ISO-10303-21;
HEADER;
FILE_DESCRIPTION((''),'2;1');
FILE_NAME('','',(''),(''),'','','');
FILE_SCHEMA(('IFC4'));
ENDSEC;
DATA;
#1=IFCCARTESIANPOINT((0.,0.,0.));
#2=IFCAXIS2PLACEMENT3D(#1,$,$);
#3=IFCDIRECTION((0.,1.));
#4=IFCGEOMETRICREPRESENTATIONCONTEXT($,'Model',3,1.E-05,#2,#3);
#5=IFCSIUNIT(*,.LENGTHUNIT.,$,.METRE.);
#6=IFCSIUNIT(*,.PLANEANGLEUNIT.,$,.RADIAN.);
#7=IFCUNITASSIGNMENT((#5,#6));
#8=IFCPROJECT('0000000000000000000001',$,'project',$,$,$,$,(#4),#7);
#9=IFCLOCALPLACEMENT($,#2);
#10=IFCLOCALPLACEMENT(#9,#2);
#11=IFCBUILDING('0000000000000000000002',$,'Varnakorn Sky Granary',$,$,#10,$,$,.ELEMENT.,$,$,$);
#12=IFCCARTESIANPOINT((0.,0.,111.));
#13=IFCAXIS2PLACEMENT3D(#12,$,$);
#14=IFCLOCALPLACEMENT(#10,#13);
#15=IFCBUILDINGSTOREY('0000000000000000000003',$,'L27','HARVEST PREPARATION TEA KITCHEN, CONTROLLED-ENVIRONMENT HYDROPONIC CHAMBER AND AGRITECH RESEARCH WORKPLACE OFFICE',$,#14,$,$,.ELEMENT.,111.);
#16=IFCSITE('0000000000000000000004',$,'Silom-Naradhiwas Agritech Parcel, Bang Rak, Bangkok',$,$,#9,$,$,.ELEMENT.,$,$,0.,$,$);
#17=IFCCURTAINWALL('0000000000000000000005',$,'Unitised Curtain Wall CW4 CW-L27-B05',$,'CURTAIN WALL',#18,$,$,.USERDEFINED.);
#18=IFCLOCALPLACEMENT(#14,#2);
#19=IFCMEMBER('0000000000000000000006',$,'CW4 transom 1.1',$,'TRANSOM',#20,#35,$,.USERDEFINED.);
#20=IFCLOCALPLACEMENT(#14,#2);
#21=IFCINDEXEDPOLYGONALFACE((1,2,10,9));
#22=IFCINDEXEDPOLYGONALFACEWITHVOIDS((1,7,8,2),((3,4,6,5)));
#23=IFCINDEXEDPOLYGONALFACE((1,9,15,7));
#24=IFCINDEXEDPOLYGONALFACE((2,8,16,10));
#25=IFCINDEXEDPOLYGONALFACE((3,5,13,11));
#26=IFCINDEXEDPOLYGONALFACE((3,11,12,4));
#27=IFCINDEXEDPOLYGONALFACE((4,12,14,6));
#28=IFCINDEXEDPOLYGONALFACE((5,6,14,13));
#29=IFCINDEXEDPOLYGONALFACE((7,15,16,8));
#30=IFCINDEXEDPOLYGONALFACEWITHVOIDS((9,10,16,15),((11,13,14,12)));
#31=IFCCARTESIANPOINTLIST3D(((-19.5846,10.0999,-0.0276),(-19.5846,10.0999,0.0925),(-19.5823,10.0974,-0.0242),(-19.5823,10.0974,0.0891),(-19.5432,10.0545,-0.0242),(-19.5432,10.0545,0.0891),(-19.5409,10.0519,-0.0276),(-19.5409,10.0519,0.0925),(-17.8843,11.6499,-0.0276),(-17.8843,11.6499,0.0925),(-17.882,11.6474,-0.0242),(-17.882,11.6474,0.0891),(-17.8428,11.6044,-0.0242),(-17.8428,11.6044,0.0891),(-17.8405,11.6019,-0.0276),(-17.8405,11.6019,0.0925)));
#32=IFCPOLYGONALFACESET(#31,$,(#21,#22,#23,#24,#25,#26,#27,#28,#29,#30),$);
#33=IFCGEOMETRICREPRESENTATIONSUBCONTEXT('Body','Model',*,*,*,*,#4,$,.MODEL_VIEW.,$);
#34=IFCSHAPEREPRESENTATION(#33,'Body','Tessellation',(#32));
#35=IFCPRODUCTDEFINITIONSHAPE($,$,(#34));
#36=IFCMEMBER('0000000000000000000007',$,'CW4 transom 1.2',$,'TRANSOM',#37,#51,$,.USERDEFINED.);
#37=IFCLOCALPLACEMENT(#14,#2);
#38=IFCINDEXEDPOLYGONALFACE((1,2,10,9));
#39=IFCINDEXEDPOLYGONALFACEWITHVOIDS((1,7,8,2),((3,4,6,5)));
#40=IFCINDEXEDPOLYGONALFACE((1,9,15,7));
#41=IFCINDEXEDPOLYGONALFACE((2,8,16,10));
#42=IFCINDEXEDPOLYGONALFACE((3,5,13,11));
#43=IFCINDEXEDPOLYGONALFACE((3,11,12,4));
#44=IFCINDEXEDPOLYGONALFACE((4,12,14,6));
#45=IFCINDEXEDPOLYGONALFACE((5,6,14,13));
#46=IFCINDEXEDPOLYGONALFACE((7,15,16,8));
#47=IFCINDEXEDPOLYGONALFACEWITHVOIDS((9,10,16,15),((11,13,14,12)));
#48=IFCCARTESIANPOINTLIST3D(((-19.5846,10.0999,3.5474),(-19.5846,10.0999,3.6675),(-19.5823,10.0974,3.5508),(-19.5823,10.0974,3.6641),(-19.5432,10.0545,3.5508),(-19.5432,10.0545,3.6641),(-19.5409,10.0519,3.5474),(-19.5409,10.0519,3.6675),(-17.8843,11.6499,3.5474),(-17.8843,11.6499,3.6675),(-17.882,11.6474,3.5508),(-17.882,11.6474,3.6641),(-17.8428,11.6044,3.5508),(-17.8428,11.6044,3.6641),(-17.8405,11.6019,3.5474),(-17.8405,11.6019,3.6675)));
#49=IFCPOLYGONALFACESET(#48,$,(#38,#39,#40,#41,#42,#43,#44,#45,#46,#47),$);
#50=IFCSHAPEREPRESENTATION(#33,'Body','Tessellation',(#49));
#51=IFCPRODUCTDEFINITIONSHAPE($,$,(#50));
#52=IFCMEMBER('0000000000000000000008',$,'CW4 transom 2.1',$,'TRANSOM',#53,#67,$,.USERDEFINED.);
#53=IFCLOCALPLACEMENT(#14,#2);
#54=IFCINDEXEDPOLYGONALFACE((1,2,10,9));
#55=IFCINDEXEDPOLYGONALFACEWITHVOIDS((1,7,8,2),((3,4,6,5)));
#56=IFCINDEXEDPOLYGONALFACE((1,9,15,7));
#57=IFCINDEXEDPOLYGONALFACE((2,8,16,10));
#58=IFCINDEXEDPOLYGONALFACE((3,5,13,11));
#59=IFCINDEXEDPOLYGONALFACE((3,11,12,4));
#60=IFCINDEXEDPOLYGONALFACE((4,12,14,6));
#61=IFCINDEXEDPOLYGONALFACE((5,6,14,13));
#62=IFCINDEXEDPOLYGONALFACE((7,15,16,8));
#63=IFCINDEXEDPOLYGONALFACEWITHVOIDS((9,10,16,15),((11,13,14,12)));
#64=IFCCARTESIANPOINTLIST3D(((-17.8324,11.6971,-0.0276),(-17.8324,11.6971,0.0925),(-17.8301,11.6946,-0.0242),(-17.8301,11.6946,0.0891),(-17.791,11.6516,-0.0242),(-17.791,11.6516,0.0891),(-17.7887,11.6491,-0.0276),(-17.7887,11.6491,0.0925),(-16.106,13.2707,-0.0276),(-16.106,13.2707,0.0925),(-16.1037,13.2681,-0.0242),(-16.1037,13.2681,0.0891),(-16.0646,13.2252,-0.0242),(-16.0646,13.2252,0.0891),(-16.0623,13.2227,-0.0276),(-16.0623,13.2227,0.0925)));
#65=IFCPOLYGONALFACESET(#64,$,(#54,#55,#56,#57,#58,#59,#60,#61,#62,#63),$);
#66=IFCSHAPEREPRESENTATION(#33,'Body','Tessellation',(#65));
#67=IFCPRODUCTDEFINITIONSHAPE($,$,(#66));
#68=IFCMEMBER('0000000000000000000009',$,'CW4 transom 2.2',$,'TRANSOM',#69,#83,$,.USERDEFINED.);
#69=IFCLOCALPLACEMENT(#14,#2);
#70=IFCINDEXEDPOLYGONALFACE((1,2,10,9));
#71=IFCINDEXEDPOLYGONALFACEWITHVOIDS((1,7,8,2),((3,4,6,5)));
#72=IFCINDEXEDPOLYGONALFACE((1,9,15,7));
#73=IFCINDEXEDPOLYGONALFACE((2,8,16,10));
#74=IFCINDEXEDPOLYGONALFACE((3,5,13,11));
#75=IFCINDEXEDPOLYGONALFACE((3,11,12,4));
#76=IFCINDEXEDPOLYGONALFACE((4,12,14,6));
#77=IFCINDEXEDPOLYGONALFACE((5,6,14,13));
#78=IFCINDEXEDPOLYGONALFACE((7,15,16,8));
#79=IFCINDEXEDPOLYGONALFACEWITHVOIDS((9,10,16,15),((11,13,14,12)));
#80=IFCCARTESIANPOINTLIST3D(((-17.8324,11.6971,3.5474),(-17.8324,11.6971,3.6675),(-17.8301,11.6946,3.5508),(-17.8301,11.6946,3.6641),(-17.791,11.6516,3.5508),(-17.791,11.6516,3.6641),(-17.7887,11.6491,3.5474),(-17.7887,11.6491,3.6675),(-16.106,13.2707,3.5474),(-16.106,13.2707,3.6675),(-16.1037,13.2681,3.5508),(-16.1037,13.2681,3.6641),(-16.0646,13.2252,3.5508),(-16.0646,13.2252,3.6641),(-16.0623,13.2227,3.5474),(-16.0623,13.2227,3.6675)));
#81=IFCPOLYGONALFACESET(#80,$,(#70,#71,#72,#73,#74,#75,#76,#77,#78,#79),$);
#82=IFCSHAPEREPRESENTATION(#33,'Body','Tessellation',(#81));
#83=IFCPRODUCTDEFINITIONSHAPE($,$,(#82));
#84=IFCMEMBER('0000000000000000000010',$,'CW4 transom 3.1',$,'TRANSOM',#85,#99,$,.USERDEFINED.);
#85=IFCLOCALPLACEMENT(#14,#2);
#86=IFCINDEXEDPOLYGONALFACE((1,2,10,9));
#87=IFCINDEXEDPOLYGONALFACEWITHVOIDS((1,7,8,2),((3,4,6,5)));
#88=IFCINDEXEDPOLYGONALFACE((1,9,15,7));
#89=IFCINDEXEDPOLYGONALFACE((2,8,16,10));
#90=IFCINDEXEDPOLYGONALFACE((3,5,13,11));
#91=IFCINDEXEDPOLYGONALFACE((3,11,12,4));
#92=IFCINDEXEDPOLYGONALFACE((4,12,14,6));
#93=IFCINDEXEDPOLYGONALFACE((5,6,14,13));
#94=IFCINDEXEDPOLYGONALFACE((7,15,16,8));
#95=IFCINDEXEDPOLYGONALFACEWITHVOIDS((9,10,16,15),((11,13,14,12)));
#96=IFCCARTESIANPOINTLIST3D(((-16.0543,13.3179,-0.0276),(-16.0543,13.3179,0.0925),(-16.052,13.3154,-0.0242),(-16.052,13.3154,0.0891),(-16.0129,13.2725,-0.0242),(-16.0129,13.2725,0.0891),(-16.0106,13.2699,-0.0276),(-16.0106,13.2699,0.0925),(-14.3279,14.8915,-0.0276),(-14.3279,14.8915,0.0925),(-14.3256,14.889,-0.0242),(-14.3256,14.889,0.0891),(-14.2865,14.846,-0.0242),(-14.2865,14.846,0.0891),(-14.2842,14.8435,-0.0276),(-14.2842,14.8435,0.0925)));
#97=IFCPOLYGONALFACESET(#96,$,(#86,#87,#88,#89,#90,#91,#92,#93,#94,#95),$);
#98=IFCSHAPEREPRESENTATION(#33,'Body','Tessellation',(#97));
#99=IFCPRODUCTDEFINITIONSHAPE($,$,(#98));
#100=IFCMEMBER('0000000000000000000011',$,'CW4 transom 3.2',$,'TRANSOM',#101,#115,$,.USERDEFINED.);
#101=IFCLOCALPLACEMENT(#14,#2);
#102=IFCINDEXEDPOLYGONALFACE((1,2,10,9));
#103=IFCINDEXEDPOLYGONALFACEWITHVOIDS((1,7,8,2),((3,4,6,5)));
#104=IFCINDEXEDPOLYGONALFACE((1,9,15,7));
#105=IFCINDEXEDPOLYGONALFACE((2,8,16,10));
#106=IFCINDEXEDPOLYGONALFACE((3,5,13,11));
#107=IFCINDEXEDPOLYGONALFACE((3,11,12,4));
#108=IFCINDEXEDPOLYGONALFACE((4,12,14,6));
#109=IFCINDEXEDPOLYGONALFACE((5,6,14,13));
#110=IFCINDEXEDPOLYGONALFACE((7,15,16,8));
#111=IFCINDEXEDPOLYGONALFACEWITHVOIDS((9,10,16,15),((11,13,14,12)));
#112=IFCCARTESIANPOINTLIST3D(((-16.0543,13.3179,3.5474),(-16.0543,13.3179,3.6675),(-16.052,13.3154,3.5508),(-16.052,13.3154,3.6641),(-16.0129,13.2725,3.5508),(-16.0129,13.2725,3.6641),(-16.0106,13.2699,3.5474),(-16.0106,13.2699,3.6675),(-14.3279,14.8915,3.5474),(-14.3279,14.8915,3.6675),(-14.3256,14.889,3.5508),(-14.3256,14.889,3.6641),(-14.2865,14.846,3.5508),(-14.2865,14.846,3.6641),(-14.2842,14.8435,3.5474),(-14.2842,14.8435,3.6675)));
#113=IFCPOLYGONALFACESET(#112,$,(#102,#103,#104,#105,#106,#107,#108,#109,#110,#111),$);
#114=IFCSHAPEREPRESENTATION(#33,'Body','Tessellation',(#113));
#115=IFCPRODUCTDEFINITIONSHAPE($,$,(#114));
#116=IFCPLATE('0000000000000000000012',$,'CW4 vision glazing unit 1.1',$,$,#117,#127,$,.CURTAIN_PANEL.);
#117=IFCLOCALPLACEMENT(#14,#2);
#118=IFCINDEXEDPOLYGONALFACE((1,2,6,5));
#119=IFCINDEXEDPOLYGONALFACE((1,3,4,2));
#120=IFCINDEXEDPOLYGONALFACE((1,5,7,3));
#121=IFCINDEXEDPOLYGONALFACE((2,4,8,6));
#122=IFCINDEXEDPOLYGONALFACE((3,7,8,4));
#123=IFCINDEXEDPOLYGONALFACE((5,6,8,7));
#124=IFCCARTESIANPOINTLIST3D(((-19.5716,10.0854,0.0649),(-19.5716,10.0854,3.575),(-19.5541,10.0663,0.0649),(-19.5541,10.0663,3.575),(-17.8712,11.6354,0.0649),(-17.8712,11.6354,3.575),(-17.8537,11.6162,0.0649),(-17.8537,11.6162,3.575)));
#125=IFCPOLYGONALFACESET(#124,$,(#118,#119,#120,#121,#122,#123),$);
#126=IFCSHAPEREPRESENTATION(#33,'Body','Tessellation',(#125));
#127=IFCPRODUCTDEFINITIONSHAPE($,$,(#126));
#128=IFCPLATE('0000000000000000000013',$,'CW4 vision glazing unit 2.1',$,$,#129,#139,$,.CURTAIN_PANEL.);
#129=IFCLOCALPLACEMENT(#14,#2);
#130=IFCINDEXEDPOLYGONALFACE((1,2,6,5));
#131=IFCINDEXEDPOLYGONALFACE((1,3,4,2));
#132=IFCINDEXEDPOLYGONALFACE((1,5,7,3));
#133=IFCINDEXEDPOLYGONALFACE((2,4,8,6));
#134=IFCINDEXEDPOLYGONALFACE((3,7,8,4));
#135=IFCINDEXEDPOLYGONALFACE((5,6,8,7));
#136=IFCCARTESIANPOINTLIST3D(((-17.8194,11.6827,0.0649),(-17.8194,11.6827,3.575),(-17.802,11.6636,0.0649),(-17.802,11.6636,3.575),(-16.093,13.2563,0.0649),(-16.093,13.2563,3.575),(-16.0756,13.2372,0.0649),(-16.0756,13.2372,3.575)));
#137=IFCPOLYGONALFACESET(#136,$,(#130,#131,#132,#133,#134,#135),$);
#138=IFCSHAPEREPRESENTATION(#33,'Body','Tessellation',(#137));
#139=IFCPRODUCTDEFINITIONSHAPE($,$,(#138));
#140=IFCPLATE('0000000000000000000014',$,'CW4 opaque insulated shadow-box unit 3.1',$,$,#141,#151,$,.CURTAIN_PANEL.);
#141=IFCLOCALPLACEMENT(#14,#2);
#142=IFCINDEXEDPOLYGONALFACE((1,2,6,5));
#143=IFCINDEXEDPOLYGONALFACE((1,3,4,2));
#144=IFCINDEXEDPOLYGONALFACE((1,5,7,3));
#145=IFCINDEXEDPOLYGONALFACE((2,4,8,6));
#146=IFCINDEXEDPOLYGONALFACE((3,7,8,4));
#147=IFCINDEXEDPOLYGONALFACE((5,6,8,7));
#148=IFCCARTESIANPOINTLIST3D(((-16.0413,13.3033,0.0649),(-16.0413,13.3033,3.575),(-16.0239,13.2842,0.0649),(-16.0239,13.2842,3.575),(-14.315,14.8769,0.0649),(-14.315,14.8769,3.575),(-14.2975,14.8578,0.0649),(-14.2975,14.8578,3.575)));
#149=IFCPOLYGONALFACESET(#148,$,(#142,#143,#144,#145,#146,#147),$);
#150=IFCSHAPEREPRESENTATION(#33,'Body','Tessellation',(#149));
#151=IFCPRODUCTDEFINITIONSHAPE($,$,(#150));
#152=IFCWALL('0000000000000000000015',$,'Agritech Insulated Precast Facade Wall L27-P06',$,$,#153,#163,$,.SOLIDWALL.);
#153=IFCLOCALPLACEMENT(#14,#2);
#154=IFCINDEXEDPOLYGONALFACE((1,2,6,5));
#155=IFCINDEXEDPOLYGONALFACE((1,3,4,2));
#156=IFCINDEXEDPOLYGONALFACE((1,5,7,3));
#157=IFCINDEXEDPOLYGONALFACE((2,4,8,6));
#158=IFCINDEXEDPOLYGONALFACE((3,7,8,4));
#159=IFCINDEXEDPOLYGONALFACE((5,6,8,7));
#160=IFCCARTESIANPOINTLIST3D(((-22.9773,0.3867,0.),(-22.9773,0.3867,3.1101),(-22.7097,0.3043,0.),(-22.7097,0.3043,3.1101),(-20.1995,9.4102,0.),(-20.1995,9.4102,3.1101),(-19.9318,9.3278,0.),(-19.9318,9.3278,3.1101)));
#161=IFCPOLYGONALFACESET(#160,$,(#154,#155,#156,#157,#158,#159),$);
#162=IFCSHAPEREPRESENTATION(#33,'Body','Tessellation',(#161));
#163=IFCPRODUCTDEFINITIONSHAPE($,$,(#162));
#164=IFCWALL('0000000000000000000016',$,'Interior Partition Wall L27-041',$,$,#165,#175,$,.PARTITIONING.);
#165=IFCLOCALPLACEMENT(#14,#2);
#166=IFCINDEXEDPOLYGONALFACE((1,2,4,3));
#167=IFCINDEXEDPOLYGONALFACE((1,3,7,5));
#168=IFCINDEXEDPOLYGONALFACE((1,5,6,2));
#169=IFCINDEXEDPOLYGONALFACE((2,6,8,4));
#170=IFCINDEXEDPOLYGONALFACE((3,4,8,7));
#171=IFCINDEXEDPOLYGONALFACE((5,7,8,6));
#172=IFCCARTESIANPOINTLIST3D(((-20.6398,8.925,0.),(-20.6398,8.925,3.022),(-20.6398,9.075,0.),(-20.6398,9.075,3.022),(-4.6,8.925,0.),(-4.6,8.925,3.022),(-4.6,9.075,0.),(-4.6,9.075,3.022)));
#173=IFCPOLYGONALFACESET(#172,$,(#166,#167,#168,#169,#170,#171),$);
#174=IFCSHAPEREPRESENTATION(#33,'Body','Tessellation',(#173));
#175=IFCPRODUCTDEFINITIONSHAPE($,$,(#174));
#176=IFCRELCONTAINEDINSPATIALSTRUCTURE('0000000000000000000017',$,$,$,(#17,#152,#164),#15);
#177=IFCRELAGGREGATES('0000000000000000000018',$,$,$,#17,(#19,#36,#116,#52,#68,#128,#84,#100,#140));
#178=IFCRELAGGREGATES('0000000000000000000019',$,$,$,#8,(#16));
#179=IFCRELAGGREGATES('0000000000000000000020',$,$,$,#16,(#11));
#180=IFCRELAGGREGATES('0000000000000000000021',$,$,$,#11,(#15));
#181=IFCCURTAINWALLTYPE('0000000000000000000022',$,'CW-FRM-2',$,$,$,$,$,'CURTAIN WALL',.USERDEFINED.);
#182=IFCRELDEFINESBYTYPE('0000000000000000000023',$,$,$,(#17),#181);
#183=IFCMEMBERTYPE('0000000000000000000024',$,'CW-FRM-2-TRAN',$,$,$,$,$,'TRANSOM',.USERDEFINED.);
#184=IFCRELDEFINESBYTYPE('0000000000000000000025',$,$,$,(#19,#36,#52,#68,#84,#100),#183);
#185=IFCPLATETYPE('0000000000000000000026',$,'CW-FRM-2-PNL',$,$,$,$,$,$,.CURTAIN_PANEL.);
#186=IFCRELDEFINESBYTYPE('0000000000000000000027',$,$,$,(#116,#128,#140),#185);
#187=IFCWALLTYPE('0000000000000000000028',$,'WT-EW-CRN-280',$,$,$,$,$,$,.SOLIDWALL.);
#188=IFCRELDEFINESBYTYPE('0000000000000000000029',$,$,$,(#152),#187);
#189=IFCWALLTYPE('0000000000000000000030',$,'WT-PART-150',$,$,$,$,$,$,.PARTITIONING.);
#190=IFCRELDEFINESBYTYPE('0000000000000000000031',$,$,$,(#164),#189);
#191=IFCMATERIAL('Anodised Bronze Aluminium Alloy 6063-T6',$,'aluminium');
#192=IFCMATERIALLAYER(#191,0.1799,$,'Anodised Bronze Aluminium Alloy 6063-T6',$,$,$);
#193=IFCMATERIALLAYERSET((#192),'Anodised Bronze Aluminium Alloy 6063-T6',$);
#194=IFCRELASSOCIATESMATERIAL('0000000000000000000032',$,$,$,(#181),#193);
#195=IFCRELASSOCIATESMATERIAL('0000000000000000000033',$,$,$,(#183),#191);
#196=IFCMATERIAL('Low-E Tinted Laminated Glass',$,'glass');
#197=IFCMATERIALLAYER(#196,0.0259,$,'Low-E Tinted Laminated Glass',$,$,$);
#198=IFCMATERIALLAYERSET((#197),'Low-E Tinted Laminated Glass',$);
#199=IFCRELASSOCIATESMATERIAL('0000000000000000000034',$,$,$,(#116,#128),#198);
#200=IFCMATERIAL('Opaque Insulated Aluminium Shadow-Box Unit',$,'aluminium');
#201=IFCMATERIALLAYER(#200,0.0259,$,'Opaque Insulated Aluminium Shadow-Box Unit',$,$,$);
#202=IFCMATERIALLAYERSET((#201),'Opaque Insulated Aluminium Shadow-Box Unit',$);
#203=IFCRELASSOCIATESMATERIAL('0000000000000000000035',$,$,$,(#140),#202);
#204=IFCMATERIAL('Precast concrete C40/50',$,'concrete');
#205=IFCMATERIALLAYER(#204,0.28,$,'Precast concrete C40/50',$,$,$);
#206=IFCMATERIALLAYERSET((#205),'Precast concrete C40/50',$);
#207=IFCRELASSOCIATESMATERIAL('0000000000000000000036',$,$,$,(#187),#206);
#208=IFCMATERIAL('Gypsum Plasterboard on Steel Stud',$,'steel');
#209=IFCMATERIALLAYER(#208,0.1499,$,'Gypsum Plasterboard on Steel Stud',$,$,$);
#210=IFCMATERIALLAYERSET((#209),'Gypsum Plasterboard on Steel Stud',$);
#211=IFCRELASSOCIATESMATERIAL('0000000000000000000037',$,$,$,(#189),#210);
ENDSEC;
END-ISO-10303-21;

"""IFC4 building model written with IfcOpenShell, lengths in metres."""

from ifc_helpers import new_model, si_unit, direction, frame, frame_2d, origin, origin_2d, place, context, subcontext, project, spatial, rectangle, hollow_rectangle, extrude, source, transform, mapped, material, layer, layer_set, material_profile, profile_set, type_object, type_shapes, element, aggregate, save


model = new_model("IFC4")

# Units and contexts
model_context = context("Model", 3, precision=1e-05, world=origin(), true_north=direction((0.0, 1.0)))
body_context = subcontext(model_context, "Body", "Model", "MODEL_VIEW")
ifc_project = project(units=[si_unit("LENGTHUNIT", "METRE"), si_unit("PLANEANGLEUNIT", "RADIAN")], contexts=[model_context])

# Site, building, storey
site_placement = place(None, origin())
site = spatial("IfcSite", under=ifc_project, at=site_placement, Name="Silom-Naradhiwas Agritech Parcel, Bang Rak, Bangkok", CompositionType="ELEMENT", RefElevation=0.0)
building_placement = place(site_placement, origin())
building = spatial("IfcBuilding", under=site, at=building_placement, Name="Varnakorn Sky Granary", CompositionType="ELEMENT")
storey_placement = place(building_placement, frame((0.0, 0.0, 111.0)))
storey = spatial("IfcBuildingStorey", under=building, at=storey_placement, Name="L27", Description="HARVEST PREPARATION TEA KITCHEN, CONTROLLED-ENVIRONMENT HYDROPONIC CHAMBER AND AGRITECH RESEARCH WORKPLACE OFFICE", CompositionType="ELEMENT", Elevation=111.0)

# Curtain wall, members, plates
ifc_material_1 = material(Name="Anodised Bronze Aluminium Alloy 6063-T6", Category="aluminium")
ifc_layer_1 = layer(ifc_material_1, 0.1799, Name="Anodised Bronze Aluminium Alloy 6063-T6")
ifc_layer_set_1 = layer_set([ifc_layer_1], Name="Anodised Bronze Aluminium Alloy 6063-T6")
curtain_wall_type = type_object("IfcCurtainWallType", Name="CW-FRM-2", ElementType="CURTAIN WALL", PredefinedType="USERDEFINED", material=ifc_layer_set_1)
curtain_wall_placement = place(storey_placement, origin())
curtain_wall = element("IfcCurtainWall", 1, at=curtain_wall_placement, inside=storey, type_object=curtain_wall_type, Name="Unitised Curtain Wall CW4 CW-L27-B05", ObjectType="CURTAIN WALL", PredefinedType="USERDEFINED")
ifc_material_profile_1 = material_profile(ifc_material_1, hollow_rectangle(XDim=0.0649, YDim=0.1201, WallThickness=0.0034, at=origin_2d()), Name="ALU TRAN 65x120")
ifc_profile_set_1 = profile_set([ifc_material_profile_1], Name="Anodised Bronze Aluminium Alloy 6063-T6")
member_type_1 = type_object("IfcMemberType", Name="CW-FRM-2-TRAN", ElementType="TRANSOM", PredefinedType="USERDEFINED", material=ifc_profile_set_1)
member_1_placement = place(storey_placement, frame((-19.5627, 10.0759, 0.0325), z_axis=(0.739032, 0.67367, 0.0), x_axis=(-0.67367, 0.739032, 0.0)))
member_1 = element("IfcMember", 2, at=member_1_placement, type_object=member_type_1, Name="CW4 transom 1.1", ObjectType="TRANSOM", PredefinedType="USERDEFINED", context=body_context, shape_type="SweptSolid", body=[
    extrude(hollow_rectangle(XDim=0.0649, YDim=0.1201, WallThickness=0.0034, at=origin_2d()), origin(), (0.0, 0.0, 1.0), 2.3008),
])
member_2_placement = place(storey_placement, frame((-19.5627, 10.0759, 3.6074), z_axis=(0.739032, 0.67367, 0.0), x_axis=(-0.67367, 0.739032, 0.0)))
member_2 = element("IfcMember", 3, at=member_2_placement, type_object=member_type_1, Name="CW4 transom 1.2", ObjectType="TRANSOM", PredefinedType="USERDEFINED", context=body_context, shape_type="SweptSolid", body=[
    extrude(hollow_rectangle(XDim=0.0649, YDim=0.1201, WallThickness=0.0034, at=origin_2d()), origin(), (0.0, 0.0, 1.0), 2.3008),
])
member_3_placement = place(storey_placement, frame((-17.8105, 11.6731, 0.0325), z_axis=(0.739065, 0.673635, 0.0), x_axis=(-0.673635, 0.739065, 0.0)))
member_3 = element("IfcMember", 4, at=member_3_placement, type_object=member_type_1, Name="CW4 transom 2.1", ObjectType="TRANSOM", PredefinedType="USERDEFINED", context=body_context, shape_type="SweptSolid", body=[
    extrude(hollow_rectangle(XDim=0.0649, YDim=0.1201, WallThickness=0.0034, at=origin_2d()), origin(), (0.0, 0.0, 1.0), 2.3359),
])
member_4_placement = place(storey_placement, frame((-17.8105, 11.6731, 3.6074), z_axis=(0.739065, 0.673635, 0.0), x_axis=(-0.673635, 0.739065, 0.0)))
member_4 = element("IfcMember", 5, at=member_4_placement, type_object=member_type_1, Name="CW4 transom 2.2", ObjectType="TRANSOM", PredefinedType="USERDEFINED", context=body_context, shape_type="SweptSolid", body=[
    extrude(hollow_rectangle(XDim=0.0649, YDim=0.1201, WallThickness=0.0034, at=origin_2d()), origin(), (0.0, 0.0, 1.0), 2.3359),
])
member_5_placement = place(storey_placement, frame((-16.0325, 13.2939, 0.0325), z_axis=(0.739065, 0.673635, 0.0), x_axis=(-0.673635, 0.739065, 0.0)))
member_5 = element("IfcMember", 6, at=member_5_placement, type_object=member_type_1, Name="CW4 transom 3.1", ObjectType="TRANSOM", PredefinedType="USERDEFINED", context=body_context, shape_type="SweptSolid", body=[
    extrude(hollow_rectangle(XDim=0.0649, YDim=0.1201, WallThickness=0.0034, at=origin_2d()), origin(), (0.0, 0.0, 1.0), 2.3359),
])
member_6_placement = place(storey_placement, frame((-16.0325, 13.2939, 3.6074), z_axis=(0.739065, 0.673635, 0.0), x_axis=(-0.673635, 0.739065, 0.0)))
member_6 = element("IfcMember", 7, at=member_6_placement, type_object=member_type_1, Name="CW4 transom 3.2", ObjectType="TRANSOM", PredefinedType="USERDEFINED", context=body_context, shape_type="SweptSolid", body=[
    extrude(hollow_rectangle(XDim=0.0649, YDim=0.1201, WallThickness=0.0034, at=origin_2d()), origin(), (0.0, 0.0, 1.0), 2.3359),
])
ifc_material_2 = material(Name="Low-E Tinted Laminated Glass", Category="glass")
ifc_layer_2 = layer(ifc_material_2, 0.0259, Name="Low-E Tinted Laminated Glass")
ifc_layer_set_2 = layer_set([ifc_layer_2], Name="Low-E Tinted Laminated Glass")
plate_type = type_object("IfcPlateType", Name="CW-FRM-2-PNL", PredefinedType="CURTAIN_PANEL")
shared_shape_1 = source(origin(), body_context, "Body", "SweptSolid", [
    extrude(rectangle(XDim=2.3008, YDim=0.0259, at=origin_2d()), origin(), (0.0, 0.0, 1.0), 3.51),
])
plate_1_placement = place(storey_placement, frame((-18.7126, 10.8508, 0.0649), z_axis=(0.0, 0.0, 1.0), x_axis=(0.739047, 0.673654, 0.0)))
plate_1 = element("IfcPlate", 8, at=plate_1_placement, type_object=plate_type, material=ifc_layer_set_2, Name="CW4 vision glazing unit 1.1", PredefinedType="CURTAIN_PANEL", context=body_context, shape_type="MappedRepresentation", body=[
    mapped(shared_shape_1, transform((0.0, 0.0, 0.0), x_axis=(1.0, 0.0, 0.0), y_axis=(0.0, 1.0, 0.0), z_axis=(0.0, 0.0, 1.0), scale=1.0)),
])
shared_shape_2 = source(origin(), body_context, "Body", "SweptSolid", [
    extrude(rectangle(XDim=2.3359, YDim=0.0259, at=origin_2d()), origin(), (0.0, 0.0, 1.0), 3.51),
])
type_shapes(plate_type, [shared_shape_1, shared_shape_2])
plate_2_placement = place(storey_placement, frame((-16.9475, 12.46, 0.0649), z_axis=(0.0, 0.0, 1.0), x_axis=(0.739047, 0.673654, 0.0)))
plate_2 = element("IfcPlate", 9, at=plate_2_placement, type_object=plate_type, material=ifc_layer_set_2, Name="CW4 vision glazing unit 2.1", PredefinedType="CURTAIN_PANEL", context=body_context, shape_type="MappedRepresentation", body=[
    mapped(shared_shape_2, transform((0.0, 0.0, 0.0), x_axis=(1.0, 0.0, 0.0), y_axis=(0.0, 1.0, 0.0), z_axis=(0.0, 0.0, 1.0), scale=1.0)),
])
ifc_material_3 = material(Name="Opaque Insulated Aluminium Shadow-Box Unit", Category="aluminium")
ifc_layer_3 = layer(ifc_material_3, 0.0259, Name="Opaque Insulated Aluminium Shadow-Box Unit")
ifc_layer_set_3 = layer_set([ifc_layer_3], Name="Opaque Insulated Aluminium Shadow-Box Unit")
plate_3_placement = place(storey_placement, frame((-15.1694, 14.0806, 0.0649), z_axis=(0.0, 0.0, 1.0), x_axis=(0.739047, 0.673654, 0.0)))
plate_3 = element("IfcPlate", 10, at=plate_3_placement, type_object=plate_type, material=ifc_layer_set_3, Name="CW4 opaque insulated shadow-box unit 3.1", PredefinedType="CURTAIN_PANEL", context=body_context, shape_type="MappedRepresentation", body=[
    mapped(shared_shape_2, transform((0.0, 0.0, 0.0), x_axis=(1.0, 0.0, 0.0), y_axis=(0.0, 1.0, 0.0), z_axis=(0.0, 0.0, 1.0), scale=1.0)),
])
aggregate(curtain_wall, [member_1, member_2, plate_1, member_3, member_4, plate_2, member_5, member_6, plate_3])

# Walls
ifc_material_4 = material(Name="Precast concrete C40/50", Category="concrete")
ifc_layer_4 = layer(ifc_material_4, 0.28, Name="Precast concrete C40/50")
ifc_layer_set_4 = layer_set([ifc_layer_4], Name="Precast concrete C40/50")
wall_type_1 = type_object("IfcWallType", Name="WT-EW-CRN-280", PredefinedType="SOLIDWALL", material=ifc_layer_set_4)
wall_1_placement = place(storey_placement, frame((-22.8435, 0.3455, 0.0), z_axis=(0.0, 0.0, 1.0), x_axis=(0.29422, 0.955738, 0.0)))
element("IfcWall", 11, at=wall_1_placement, inside=storey, type_object=wall_type_1, Name="Agritech Insulated Precast Facade Wall L27-P06", PredefinedType="SOLIDWALL", context=body_context, shape_type="SweptSolid", body=[
    extrude(rectangle(XDim=9.4414, YDim=0.28, at=frame_2d((4.7207, 0.0))), origin(), (0.0, 0.0, 1.0), 3.1101),
])
ifc_material_5 = material(Name="Gypsum Plasterboard on Steel Stud", Category="steel")
ifc_layer_5 = layer(ifc_material_5, 0.1499, Name="Gypsum Plasterboard on Steel Stud")
ifc_layer_set_5 = layer_set([ifc_layer_5], Name="Gypsum Plasterboard on Steel Stud")
wall_type_2 = type_object("IfcWallType", Name="WT-PART-150", PredefinedType="PARTITIONING", material=ifc_layer_set_5)
wall_2_placement = place(storey_placement, frame((-20.6399, 9.0, 0.0), z_axis=(0.0, 0.0, 1.0), x_axis=(1.0, 0.0, 0.0)))
element("IfcWall", 12, at=wall_2_placement, inside=storey, type_object=wall_type_2, Name="Interior Partition Wall L27-041", PredefinedType="PARTITIONING", context=body_context, shape_type="SweptSolid", body=[
    extrude(rectangle(XDim=16.0398, YDim=0.1499, at=frame_2d((8.02, 0.0))), origin(), (0.0, 0.0, 1.0), 3.022),
])

save(model, "model.ifc")
